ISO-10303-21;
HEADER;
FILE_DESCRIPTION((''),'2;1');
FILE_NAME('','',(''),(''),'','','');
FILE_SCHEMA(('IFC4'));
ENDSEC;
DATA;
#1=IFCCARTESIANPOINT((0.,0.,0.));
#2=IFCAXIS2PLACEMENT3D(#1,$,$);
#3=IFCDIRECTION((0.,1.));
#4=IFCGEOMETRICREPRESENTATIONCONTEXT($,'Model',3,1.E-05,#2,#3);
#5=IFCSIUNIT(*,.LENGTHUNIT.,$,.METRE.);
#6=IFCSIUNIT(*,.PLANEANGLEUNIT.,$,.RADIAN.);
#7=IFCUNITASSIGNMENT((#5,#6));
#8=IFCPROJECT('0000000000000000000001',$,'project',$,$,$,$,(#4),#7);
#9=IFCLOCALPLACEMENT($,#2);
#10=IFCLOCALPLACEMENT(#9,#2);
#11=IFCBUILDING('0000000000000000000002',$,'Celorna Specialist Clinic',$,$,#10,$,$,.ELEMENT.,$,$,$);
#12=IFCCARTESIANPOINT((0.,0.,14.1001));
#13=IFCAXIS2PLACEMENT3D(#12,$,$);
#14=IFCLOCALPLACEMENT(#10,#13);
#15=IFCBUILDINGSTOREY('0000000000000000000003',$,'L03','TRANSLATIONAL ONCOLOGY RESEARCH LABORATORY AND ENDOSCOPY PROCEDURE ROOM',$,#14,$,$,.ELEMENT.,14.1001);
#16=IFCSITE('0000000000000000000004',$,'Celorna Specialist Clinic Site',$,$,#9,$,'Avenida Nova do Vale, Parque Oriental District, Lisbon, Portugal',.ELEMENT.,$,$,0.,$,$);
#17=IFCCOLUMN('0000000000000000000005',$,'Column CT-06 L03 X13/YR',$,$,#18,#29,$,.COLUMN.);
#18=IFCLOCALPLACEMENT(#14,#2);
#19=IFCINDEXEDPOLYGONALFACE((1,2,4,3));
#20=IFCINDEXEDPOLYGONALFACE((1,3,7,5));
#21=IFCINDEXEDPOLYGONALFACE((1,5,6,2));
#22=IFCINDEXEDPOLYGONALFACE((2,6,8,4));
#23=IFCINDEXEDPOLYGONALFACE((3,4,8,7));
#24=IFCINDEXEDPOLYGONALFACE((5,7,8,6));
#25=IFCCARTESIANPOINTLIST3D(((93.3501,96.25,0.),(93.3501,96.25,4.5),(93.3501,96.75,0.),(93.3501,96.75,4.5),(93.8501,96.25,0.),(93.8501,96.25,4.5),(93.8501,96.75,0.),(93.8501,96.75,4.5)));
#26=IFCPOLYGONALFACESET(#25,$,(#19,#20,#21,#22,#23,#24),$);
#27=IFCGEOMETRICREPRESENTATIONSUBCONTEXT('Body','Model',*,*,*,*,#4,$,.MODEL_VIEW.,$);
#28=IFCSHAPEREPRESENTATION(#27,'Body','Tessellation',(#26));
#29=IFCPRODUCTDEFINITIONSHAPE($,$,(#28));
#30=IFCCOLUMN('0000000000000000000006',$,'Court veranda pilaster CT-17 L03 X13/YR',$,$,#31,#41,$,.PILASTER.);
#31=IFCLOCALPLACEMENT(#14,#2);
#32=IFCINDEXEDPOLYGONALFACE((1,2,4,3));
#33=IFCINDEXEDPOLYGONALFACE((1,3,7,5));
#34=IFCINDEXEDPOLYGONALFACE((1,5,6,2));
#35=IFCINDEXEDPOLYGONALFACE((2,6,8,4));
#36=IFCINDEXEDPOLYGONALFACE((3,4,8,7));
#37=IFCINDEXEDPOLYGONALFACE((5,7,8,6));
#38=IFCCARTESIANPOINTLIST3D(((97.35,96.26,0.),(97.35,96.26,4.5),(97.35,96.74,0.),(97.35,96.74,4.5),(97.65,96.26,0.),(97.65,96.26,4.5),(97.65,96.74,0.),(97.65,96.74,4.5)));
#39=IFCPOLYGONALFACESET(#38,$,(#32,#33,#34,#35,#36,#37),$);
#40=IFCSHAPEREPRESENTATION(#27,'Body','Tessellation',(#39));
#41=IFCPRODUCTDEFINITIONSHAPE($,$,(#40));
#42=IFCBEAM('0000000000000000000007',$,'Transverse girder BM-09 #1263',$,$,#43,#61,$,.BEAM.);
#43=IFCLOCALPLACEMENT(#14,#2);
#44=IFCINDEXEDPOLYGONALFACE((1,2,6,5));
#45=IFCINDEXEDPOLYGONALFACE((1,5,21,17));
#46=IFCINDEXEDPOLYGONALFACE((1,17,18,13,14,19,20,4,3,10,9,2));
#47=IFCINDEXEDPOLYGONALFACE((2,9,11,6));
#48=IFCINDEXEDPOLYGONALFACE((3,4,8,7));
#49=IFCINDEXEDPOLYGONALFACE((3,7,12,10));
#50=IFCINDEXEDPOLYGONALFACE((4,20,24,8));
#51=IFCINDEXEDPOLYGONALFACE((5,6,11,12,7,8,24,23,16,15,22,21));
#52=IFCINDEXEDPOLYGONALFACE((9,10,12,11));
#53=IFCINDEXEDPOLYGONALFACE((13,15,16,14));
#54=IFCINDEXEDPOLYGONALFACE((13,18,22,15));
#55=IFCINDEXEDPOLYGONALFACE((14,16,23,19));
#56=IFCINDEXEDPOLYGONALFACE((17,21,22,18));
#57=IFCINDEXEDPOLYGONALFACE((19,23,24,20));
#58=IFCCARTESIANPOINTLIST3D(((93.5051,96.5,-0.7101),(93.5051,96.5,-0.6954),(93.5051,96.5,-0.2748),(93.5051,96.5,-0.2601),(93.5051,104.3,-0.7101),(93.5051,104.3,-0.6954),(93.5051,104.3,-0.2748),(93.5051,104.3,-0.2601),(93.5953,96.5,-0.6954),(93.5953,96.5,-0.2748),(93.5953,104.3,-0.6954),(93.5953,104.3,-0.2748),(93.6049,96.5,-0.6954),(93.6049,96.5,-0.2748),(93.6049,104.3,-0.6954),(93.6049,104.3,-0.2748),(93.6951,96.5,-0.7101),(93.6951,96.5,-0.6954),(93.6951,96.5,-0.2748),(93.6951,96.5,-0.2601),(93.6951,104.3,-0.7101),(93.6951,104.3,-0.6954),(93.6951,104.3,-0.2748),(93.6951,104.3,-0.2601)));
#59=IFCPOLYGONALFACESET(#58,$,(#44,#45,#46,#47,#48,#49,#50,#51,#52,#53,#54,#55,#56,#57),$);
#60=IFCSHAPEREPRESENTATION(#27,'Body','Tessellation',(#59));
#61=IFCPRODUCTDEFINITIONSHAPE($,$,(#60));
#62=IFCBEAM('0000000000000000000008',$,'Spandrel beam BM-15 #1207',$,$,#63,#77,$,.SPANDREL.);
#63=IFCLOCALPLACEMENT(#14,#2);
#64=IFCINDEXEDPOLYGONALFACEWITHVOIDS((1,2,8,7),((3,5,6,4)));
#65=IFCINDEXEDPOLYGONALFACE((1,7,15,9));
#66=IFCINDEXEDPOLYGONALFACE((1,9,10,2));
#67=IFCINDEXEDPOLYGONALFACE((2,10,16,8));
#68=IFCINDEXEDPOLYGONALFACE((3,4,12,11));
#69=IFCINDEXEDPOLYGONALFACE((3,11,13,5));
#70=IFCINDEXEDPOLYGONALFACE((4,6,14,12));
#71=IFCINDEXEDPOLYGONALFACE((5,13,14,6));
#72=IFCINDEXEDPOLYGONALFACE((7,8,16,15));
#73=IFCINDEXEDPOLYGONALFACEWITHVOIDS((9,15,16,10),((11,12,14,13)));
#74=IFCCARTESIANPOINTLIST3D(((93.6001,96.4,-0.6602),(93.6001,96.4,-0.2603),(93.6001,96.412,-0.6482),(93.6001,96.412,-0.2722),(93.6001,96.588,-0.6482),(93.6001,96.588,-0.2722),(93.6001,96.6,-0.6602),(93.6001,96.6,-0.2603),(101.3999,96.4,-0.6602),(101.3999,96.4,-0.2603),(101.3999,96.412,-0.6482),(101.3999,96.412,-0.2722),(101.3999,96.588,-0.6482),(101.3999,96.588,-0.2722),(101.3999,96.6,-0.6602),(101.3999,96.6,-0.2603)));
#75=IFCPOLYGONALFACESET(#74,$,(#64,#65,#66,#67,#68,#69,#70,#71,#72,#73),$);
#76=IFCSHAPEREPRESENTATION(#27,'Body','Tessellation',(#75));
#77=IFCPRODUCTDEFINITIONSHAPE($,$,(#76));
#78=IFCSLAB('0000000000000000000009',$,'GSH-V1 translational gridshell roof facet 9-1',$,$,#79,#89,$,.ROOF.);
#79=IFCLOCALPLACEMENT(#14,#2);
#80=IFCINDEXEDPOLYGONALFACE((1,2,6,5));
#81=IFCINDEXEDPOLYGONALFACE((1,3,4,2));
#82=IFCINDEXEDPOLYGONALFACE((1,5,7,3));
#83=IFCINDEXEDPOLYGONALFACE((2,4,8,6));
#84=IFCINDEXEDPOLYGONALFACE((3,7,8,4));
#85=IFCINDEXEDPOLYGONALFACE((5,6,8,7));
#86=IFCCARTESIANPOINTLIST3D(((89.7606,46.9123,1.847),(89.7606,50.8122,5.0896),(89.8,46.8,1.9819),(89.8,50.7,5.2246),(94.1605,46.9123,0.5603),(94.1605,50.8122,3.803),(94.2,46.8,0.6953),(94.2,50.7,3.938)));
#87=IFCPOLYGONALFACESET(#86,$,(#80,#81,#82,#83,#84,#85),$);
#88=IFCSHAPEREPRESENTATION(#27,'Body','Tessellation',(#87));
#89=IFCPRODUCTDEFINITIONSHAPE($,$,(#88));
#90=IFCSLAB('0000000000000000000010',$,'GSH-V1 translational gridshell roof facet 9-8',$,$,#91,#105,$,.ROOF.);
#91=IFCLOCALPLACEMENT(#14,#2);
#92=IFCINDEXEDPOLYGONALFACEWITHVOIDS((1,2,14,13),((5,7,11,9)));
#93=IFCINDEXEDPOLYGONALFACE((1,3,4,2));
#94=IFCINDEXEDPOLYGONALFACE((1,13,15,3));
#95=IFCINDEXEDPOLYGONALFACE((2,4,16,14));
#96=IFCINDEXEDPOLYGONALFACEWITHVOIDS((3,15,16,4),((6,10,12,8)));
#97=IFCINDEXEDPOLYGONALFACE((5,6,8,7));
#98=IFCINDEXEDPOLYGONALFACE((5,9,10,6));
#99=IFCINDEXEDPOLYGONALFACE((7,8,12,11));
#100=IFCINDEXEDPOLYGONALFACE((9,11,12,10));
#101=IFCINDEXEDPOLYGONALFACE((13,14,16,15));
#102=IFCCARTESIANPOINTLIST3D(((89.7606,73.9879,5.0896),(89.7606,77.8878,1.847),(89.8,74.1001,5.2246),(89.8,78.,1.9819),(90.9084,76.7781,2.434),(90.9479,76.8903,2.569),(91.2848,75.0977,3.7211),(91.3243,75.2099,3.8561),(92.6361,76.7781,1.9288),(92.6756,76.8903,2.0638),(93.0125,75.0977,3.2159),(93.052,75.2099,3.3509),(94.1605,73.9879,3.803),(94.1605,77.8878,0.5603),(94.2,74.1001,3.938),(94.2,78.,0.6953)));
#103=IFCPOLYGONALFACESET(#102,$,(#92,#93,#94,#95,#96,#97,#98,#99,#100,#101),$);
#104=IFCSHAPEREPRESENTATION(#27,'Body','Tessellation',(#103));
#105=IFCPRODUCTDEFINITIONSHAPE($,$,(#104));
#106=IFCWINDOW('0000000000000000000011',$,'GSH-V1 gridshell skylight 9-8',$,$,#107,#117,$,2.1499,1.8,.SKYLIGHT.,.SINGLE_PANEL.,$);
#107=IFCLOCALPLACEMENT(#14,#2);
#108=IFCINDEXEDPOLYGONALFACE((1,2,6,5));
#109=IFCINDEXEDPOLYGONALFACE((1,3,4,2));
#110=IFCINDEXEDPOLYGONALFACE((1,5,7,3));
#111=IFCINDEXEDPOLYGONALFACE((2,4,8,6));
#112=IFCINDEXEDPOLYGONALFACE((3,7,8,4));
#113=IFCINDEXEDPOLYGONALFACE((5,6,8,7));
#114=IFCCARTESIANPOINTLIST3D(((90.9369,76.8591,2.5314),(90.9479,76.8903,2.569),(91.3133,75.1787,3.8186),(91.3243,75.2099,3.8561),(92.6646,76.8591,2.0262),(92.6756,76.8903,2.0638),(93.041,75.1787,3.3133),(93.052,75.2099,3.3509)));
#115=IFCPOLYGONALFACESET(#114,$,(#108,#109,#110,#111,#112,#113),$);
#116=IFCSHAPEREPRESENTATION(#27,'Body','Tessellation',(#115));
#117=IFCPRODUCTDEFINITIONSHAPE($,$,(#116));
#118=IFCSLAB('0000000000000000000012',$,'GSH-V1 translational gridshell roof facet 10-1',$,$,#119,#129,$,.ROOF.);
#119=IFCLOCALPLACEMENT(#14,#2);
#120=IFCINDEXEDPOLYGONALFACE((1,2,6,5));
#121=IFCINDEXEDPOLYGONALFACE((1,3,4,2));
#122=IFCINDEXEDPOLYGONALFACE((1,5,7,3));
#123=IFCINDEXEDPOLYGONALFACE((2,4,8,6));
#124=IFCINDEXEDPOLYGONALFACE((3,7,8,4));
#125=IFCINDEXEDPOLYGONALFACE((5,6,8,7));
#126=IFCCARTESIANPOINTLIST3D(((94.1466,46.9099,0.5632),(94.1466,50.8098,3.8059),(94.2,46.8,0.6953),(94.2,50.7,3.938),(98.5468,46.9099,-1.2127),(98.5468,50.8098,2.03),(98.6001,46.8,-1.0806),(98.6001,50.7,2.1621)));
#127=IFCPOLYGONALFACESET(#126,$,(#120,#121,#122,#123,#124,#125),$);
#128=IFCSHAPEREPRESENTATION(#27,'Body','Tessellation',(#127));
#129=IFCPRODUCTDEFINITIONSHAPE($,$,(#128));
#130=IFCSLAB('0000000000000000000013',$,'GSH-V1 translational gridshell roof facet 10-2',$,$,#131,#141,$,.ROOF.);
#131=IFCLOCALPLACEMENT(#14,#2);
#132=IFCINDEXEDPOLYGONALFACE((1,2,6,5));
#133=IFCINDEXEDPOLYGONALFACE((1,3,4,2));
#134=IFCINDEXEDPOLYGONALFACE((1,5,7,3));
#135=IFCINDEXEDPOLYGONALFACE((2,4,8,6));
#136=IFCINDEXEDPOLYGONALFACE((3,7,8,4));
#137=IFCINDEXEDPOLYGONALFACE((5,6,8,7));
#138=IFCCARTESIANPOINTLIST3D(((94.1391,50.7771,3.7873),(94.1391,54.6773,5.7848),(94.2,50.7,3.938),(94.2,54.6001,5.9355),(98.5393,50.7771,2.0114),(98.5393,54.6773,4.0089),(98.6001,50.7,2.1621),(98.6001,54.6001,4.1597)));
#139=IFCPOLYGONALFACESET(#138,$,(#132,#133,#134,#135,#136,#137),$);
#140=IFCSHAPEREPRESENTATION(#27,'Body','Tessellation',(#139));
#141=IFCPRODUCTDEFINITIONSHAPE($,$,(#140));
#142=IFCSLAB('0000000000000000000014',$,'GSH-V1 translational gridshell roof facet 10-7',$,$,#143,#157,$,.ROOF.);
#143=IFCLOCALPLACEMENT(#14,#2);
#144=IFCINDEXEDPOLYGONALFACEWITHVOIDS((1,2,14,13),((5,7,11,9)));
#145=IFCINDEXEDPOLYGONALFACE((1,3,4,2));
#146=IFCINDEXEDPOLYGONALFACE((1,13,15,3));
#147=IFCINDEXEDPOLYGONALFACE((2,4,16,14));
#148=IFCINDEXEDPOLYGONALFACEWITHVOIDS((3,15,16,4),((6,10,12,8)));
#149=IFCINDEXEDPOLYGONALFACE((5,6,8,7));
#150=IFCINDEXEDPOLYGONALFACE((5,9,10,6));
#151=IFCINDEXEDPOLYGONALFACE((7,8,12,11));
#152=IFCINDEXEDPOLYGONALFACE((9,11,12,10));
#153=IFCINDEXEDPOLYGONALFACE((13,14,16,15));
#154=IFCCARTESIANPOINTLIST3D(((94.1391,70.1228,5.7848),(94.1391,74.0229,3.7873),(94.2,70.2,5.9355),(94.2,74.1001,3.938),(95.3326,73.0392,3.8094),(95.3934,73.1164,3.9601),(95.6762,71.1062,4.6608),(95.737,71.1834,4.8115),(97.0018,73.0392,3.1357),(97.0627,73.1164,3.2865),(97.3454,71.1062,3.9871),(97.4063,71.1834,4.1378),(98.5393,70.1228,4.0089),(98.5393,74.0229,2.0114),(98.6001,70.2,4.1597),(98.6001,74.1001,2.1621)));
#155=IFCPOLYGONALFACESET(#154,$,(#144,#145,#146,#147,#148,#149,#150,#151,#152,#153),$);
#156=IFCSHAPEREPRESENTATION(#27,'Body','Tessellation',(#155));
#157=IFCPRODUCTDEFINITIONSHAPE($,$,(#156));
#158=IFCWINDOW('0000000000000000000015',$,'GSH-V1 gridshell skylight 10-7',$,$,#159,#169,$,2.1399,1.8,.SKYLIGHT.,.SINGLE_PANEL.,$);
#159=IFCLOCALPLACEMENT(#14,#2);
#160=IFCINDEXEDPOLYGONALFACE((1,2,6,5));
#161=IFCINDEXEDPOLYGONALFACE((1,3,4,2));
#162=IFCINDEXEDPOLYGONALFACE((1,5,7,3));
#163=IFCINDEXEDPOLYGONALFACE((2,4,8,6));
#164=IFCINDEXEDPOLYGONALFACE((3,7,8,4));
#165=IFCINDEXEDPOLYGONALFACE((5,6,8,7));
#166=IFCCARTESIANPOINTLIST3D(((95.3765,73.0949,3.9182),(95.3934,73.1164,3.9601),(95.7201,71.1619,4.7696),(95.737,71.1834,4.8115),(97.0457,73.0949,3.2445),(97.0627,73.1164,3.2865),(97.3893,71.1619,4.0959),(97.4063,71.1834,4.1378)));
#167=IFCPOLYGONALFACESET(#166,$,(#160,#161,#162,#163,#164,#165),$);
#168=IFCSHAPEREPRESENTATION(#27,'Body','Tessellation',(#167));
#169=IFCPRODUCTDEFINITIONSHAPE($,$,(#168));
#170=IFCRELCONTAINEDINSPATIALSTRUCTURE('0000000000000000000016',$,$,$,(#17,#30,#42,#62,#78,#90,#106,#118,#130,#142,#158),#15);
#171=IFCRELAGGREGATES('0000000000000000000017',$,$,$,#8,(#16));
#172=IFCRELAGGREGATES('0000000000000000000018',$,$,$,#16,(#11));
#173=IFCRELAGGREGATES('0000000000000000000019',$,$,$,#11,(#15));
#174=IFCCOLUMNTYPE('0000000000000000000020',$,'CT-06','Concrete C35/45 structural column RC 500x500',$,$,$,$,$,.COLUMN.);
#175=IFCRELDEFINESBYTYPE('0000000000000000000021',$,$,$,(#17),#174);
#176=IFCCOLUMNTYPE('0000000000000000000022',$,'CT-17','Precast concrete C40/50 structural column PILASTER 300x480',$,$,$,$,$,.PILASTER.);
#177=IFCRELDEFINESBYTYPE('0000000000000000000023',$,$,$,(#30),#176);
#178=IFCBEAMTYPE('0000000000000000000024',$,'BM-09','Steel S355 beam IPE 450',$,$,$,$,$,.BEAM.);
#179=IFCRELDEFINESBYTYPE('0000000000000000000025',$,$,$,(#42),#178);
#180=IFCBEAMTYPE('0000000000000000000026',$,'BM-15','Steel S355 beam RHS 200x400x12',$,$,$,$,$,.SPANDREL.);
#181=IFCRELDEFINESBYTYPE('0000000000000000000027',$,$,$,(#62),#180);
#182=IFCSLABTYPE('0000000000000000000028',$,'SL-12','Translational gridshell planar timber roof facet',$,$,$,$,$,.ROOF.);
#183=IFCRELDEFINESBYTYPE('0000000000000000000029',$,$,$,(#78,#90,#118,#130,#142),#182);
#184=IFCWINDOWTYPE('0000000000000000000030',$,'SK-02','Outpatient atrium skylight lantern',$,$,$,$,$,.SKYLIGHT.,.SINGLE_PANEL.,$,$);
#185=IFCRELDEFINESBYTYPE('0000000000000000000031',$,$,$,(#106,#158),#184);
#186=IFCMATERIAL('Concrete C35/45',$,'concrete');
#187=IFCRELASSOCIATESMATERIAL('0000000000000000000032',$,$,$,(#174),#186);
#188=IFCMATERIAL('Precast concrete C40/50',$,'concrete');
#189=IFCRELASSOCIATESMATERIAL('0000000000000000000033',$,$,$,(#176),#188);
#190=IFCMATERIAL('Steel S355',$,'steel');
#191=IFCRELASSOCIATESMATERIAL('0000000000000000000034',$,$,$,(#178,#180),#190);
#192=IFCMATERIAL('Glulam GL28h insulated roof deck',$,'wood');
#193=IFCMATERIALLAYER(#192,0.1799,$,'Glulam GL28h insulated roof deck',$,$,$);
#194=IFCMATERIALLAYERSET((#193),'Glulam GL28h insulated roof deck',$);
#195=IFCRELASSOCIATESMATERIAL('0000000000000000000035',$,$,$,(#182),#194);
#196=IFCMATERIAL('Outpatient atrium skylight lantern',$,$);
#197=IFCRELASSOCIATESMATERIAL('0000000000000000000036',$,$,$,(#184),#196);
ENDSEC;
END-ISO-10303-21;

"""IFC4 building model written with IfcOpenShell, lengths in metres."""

from ifc_helpers import new_model, si_unit, direction, frame, origin, origin_2d, place, context, subcontext, project, spatial, polyline, rectangle, hollow_rectangle, i_section, outline, extrude, material, layer, layer_set, material_profile, profile_set, type_object, element, fill, save


model = new_model("IFC4")

# Units and contexts
model_context = context("Model", 3, precision=1e-05, world=origin(), true_north=direction((0.0, 1.0)))
body_context = subcontext(model_context, "Body", "Model", "MODEL_VIEW")
ifc_project = project(units=[si_unit("LENGTHUNIT", "METRE"), si_unit("PLANEANGLEUNIT", "RADIAN")], contexts=[model_context])

# Site, building, storey
site_placement = place(None, origin())
site = spatial("IfcSite", under=ifc_project, at=site_placement, Name="Celorna Specialist Clinic Site", LongName="Avenida Nova do Vale, Parque Oriental District, Lisbon, Portugal", CompositionType="ELEMENT", RefElevation=0.0)
building_placement = place(site_placement, origin())
building = spatial("IfcBuilding", under=site, at=building_placement, Name="Celorna Specialist Clinic", CompositionType="ELEMENT")
storey_placement = place(building_placement, frame((0.0, 0.0, 14.1001)))
storey = spatial("IfcBuildingStorey", under=building, at=storey_placement, Name="L03", Description="TRANSLATIONAL ONCOLOGY RESEARCH LABORATORY AND ENDOSCOPY PROCEDURE ROOM", CompositionType="ELEMENT", Elevation=14.1001)

# Columns
ifc_material_1 = material(Name="Concrete C35/45", Category="concrete")
ifc_material_profile_1 = material_profile(ifc_material_1, rectangle(XDim=0.5, YDim=0.5, at=origin_2d()), Name="RC 500x500")
ifc_profile_set_1 = profile_set([ifc_material_profile_1], Name="Concrete C35/45")
column_type_1 = type_object("IfcColumnType", Name="CT-06", Description="Concrete C35/45 structural column RC 500x500", PredefinedType="COLUMN", material=ifc_profile_set_1)
column_1_placement = place(storey_placement, frame((93.6001, 96.5, 0.0), z_axis=(0.0, 0.0, 1.0), x_axis=(1.0, 0.0, 0.0)))
element("IfcColumn", 1, at=column_1_placement, inside=storey, type_object=column_type_1, Name="Column CT-06 L03 X13/YR", PredefinedType="COLUMN", context=body_context, shape_type="SweptSolid", body=[
    extrude(rectangle(XDim=0.5, YDim=0.5, at=origin_2d()), origin(), (0.0, 0.0, 1.0), 4.5),
])
ifc_material_2 = material(Name="Precast concrete C40/50", Category="concrete")
ifc_material_profile_2 = material_profile(ifc_material_2, rectangle(XDim=0.3, YDim=0.48, at=origin_2d()), Name="PILASTER 300x480")
ifc_profile_set_2 = profile_set([ifc_material_profile_2], Name="Precast concrete C40/50")
column_type_2 = type_object("IfcColumnType", Name="CT-17", Description="Precast concrete C40/50 structural column PILASTER 300x480", PredefinedType="PILASTER", material=ifc_profile_set_2)
column_2_placement = place(storey_placement, frame((97.5, 96.5, 0.0), z_axis=(0.0, 0.0, 1.0), x_axis=(1.0, 0.0, 0.0)))
element("IfcColumn", 2, at=column_2_placement, inside=storey, type_object=column_type_2, Name="Court veranda pilaster CT-17 L03 X13/YR", PredefinedType="PILASTER", context=body_context, shape_type="SweptSolid", body=[
    extrude(rectangle(XDim=0.3, YDim=0.48, at=origin_2d()), origin(), (0.0, 0.0, 1.0), 4.5),
])

# Beams
ifc_material_3 = material(Name="Steel S355", Category="steel")
ifc_material_profile_3 = material_profile(ifc_material_3, i_section(OverallWidth=0.1899, OverallDepth=0.45, WebThickness=0.0095, FlangeThickness=0.0146, at=origin_2d()), Name="IPE 450")
ifc_profile_set_3 = profile_set([ifc_material_profile_3], Name="Steel S355")
beam_type_1 = type_object("IfcBeamType", Name="BM-09", Description="Steel S355 beam IPE 450", PredefinedType="BEAM", material=ifc_profile_set_3)
beam_1_placement = place(storey_placement, frame((93.6001, 96.5, -0.4851), z_axis=(0.0, 1.0, 0.0), x_axis=(-1.0, 0.0, 0.0)))
element("IfcBeam", 3, at=beam_1_placement, inside=storey, type_object=beam_type_1, Name="Transverse girder BM-09 #1263", PredefinedType="BEAM", context=body_context, shape_type="SweptSolid", body=[
    extrude(i_section(OverallWidth=0.1899, OverallDepth=0.45, WebThickness=0.0095, FlangeThickness=0.0146, at=origin_2d()), origin(), (0.0, 0.0, 1.0), 7.8),
])
ifc_material_profile_4 = material_profile(ifc_material_3, hollow_rectangle(XDim=0.2, YDim=0.3999, WallThickness=0.012, at=origin_2d()), Name="RHS 200x400x12")
ifc_profile_set_4 = profile_set([ifc_material_profile_4], Name="Steel S355")
beam_type_2 = type_object("IfcBeamType", Name="BM-15", Description="Steel S355 beam RHS 200x400x12", PredefinedType="SPANDREL", material=ifc_profile_set_4)
beam_2_placement = place(storey_placement, frame((93.6001, 96.5, -0.4602), z_axis=(1.0, 0.0, 0.0), x_axis=(0.0, 1.0, 0.0)))
element("IfcBeam", 4, at=beam_2_placement, inside=storey, type_object=beam_type_2, Name="Spandrel beam BM-15 #1207", PredefinedType="SPANDREL", context=body_context, shape_type="SweptSolid", body=[
    extrude(hollow_rectangle(XDim=0.2, YDim=0.3999, WallThickness=0.012, at=origin_2d()), origin(), (0.0, 0.0, 1.0), 7.7998),
])

# Slab
ifc_material_4 = material(Name="Glulam GL28h insulated roof deck", Category="wood")
ifc_layer_1 = layer(ifc_material_4, 0.1799, Name="Glulam GL28h insulated roof deck")
ifc_layer_set_1 = layer_set([ifc_layer_1], Name="Glulam GL28h insulated roof deck")
slab_type = type_object("IfcSlabType", Name="SL-12", Description="Translational gridshell planar timber roof facet", PredefinedType="ROOF", material=ifc_layer_set_1)
slab_1_placement = place(storey_placement, frame((89.8, 46.8, 1.9819), z_axis=(0.219372, -0.623768, 0.750193), x_axis=(0.959805, 0.0, -0.280667)))
element("IfcSlab", 5, at=slab_1_placement, inside=storey, type_object=slab_type, Name="GSH-V1 translational gridshell roof facet 9-1", PredefinedType="ROOF", context=body_context, shape_type="SweptSolid", body=[
    extrude(outline(polyline([(0.0, 0.0), (4.5842, 0.0), (3.6741, 4.9896), (-0.9101, 4.9896), (0.0, 0.0)])), origin(), (0.0, 0.0, -1.0), 0.1799),
])

# Slab, opening, window
slab_2_placement = place(storey_placement, frame((89.8, 74.1001, 5.2246), z_axis=(0.219372, 0.623768, 0.750193), x_axis=(0.959805, 0.0, -0.280667)))
slab_2 = element("IfcSlab", 6, at=slab_2_placement, inside=storey, type_object=slab_type, Name="GSH-V1 translational gridshell roof facet 9-8", PredefinedType="ROOF", context=body_context, shape_type="SweptSolid", body=[
    extrude(outline(polyline([(0.0, 0.0), (4.5842, 0.0), (5.4943, 4.9896), (0.9101, 4.9896), (0.0, 0.0)])), origin(), (0.0, 0.0, -1.0), 0.1799),
])
opening_1_placement = place(slab_2_placement, frame((2.7471, 2.4949, 0.01)))
opening_1 = element("IfcOpeningElement", 7, at=opening_1_placement, cuts=slab_2, PredefinedType="OPENING", context=body_context, shape_type="SweptSolid", body=[
    extrude(rectangle(XDim=1.8, YDim=2.1499, at=origin_2d()), origin(), (0.0, 0.0, -1.0), 0.2),
])
ifc_material_5 = material(Name="Outpatient atrium skylight lantern")
window_type_1 = type_object("IfcWindowType", Name="SK-02", Description="Outpatient atrium skylight lantern", PartitioningType="SINGLE_PANEL", PredefinedType="SKYLIGHT", material=ifc_material_5)
window_1_placement = place(opening_1_placement, frame((0.0, 0.0, -0.01)))
window_1 = element("IfcWindow", 8, at=window_1_placement, inside=storey, type_object=window_type_1, Name="GSH-V1 gridshell skylight 9-8", OverallHeight=2.1499, OverallWidth=1.8, PartitioningType="SINGLE_PANEL", PredefinedType="SKYLIGHT", context=body_context, shape_type="SweptSolid", body=[
    extrude(rectangle(XDim=1.8, YDim=2.1499, at=origin_2d()), origin(), (0.0, 0.0, -1.0), 0.05),
])
fill(opening_1, window_1)

# Slabs
slab_3_placement = place(storey_placement, frame((94.2, 46.8, 0.6953), z_axis=(0.29639, -0.610614, 0.734373), x_axis=(0.927323, 0.0, -0.374263)))
element("IfcSlab", 9, at=slab_3_placement, inside=storey, type_object=slab_type, Name="GSH-V1 translational gridshell roof facet 10-1", PredefinedType="ROOF", context=body_context, shape_type="SweptSolid", body=[
    extrude(outline(polyline([(0.0, 0.0), (4.745, 0.0), (3.5314, 4.9246), (-1.2136, 4.9246), (0.0, 0.0)])), origin(), (0.0, 0.0, -1.0), 0.1799),
])
slab_4_placement = place(storey_placement, frame((94.2, 50.7, 3.938), z_axis=(0.33807, -0.429021, 0.837645), x_axis=(0.927323, 0.0, -0.374263)))
element("IfcSlab", 10, at=slab_4_placement, inside=storey, type_object=slab_type, Name="GSH-V1 translational gridshell roof facet 10-2", PredefinedType="ROOF", context=body_context, shape_type="SweptSolid", body=[
    extrude(outline(polyline([(0.0, 0.0), (4.745, 0.0), (3.9974, 4.3177), (-0.7476, 4.3177), (0.0, 0.0)])), origin(), (0.0, 0.0, -1.0), 0.1799),
])

# Slab, opening, window
slab_5_placement = place(storey_placement, frame((94.2, 70.2, 5.9355), z_axis=(0.33807, 0.429021, 0.837645), x_axis=(0.927323, 0.0, -0.374263)))
slab_5 = element("IfcSlab", 11, at=slab_5_placement, inside=storey, type_object=slab_type, Name="GSH-V1 translational gridshell roof facet 10-7", PredefinedType="ROOF", context=body_context, shape_type="SweptSolid", body=[
    extrude(outline(polyline([(0.0, 0.0), (4.745, 0.0), (5.4926, 4.3177), (0.7476, 4.3177), (0.0, 0.0)])), origin(), (0.0, 0.0, -1.0), 0.1799),
])
opening_2_placement = place(slab_5_placement, frame((2.7461, 2.1587, 0.01)))
opening_2 = element("IfcOpeningElement", 12, at=opening_2_placement, cuts=slab_5, PredefinedType="OPENING", context=body_context, shape_type="SweptSolid", body=[
    extrude(rectangle(XDim=1.8, YDim=2.1399, at=origin_2d()), origin(), (0.0, 0.0, -1.0), 0.2),
])
window_2_placement = place(opening_2_placement, frame((0.0, 0.0, -0.01)))
window_2 = element("IfcWindow", 13, at=window_2_placement, inside=storey, type_object=window_type_1, Name="GSH-V1 gridshell skylight 10-7", OverallHeight=2.1399, OverallWidth=1.8, PartitioningType="SINGLE_PANEL", PredefinedType="SKYLIGHT", context=body_context, shape_type="SweptSolid", body=[
    extrude(rectangle(XDim=1.8, YDim=2.1399, at=origin_2d()), origin(), (0.0, 0.0, -1.0), 0.05),
])
fill(opening_2, window_2)

save(model, "model.ifc")
